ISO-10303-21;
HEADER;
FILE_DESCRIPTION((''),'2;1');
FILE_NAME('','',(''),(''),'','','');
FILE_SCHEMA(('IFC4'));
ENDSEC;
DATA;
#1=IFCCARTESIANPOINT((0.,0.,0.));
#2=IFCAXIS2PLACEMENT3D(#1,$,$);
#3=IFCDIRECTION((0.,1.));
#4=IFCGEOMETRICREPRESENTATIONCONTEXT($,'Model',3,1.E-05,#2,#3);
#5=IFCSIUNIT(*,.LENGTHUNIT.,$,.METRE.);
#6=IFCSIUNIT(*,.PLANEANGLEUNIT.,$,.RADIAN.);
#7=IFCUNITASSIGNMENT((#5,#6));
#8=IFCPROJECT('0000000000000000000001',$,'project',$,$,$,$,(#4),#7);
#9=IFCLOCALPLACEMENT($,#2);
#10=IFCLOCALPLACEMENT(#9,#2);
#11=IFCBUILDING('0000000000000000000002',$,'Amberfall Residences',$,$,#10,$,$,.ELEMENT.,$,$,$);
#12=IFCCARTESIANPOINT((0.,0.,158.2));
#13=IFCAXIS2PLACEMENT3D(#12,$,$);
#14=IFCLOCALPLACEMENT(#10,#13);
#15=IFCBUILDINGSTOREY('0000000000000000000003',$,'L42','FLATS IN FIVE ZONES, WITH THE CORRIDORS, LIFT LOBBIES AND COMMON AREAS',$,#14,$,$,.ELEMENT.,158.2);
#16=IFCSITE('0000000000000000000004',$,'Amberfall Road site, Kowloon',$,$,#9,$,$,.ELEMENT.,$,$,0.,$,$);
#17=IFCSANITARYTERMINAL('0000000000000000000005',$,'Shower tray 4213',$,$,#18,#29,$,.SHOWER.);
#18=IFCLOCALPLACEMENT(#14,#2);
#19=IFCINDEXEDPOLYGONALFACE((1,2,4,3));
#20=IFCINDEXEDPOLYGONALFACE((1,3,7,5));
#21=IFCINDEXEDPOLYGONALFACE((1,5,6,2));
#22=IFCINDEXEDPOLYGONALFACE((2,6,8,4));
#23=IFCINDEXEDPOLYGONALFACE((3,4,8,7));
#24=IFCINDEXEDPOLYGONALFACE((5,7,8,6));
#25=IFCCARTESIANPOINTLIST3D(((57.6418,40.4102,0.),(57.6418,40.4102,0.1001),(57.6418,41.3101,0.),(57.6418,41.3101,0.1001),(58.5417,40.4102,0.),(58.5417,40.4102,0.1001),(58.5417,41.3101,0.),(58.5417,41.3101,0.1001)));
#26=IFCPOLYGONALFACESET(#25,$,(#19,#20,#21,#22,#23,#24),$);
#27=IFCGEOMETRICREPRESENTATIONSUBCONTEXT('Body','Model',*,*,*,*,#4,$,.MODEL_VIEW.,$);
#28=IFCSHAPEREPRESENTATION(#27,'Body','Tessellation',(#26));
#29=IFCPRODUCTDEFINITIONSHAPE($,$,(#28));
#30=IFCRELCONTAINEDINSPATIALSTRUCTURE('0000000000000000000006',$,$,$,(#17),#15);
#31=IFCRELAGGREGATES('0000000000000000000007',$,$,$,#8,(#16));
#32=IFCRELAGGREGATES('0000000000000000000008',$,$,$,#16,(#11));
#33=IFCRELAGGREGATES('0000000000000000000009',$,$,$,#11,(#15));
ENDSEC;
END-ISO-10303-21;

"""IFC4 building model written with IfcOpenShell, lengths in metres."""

from ifc_helpers import new_model, si_unit, direction, frame, origin, origin_2d, place, context, subcontext, project, spatial, rectangle, extrude, element, save


model = new_model("IFC4")

# Units and contexts
model_context = context("Model", 3, precision=1e-05, world=origin(), true_north=direction((0.0, 1.0)))
body_context = subcontext(model_context, "Body", "Model", "MODEL_VIEW")
ifc_project = project(units=[si_unit("LENGTHUNIT", "METRE"), si_unit("PLANEANGLEUNIT", "RADIAN")], contexts=[model_context])

# Site, building, storey
site_placement = place(None, origin())
site = spatial("IfcSite", under=ifc_project, at=site_placement, Name="Amberfall Road site, Kowloon", CompositionType="ELEMENT", RefElevation=0.0)
building_placement = place(site_placement, origin())
building = spatial("IfcBuilding", under=site, at=building_placement, Name="Amberfall Residences", CompositionType="ELEMENT")
storey_placement = place(building_placement, frame((0.0, 0.0, 158.2)))
storey = spatial("IfcBuildingStorey", under=building, at=storey_placement, Name="L42", Description="FLATS IN FIVE ZONES, WITH THE CORRIDORS, LIFT LOBBIES AND COMMON AREAS", CompositionType="ELEMENT", Elevation=158.2)

# Sanitary terminal
sanitary_terminal_1_placement = place(storey_placement, frame((58.0918, 40.8601, 0.0), z_axis=(0.0, 0.0, 1.0), x_axis=(1.0, 0.0, 0.0)))
element("IfcSanitaryTerminal", 1, at=sanitary_terminal_1_placement, inside=storey, Name="Shower tray 4213", PredefinedType="SHOWER", context=body_context, shape_type="SweptSolid", body=[
    extrude(rectangle(XDim=0.8999, YDim=0.8999, at=origin_2d()), origin(), (0.0, 0.0, 1.0), 0.1001),
])

save(model, "model.ifc")
